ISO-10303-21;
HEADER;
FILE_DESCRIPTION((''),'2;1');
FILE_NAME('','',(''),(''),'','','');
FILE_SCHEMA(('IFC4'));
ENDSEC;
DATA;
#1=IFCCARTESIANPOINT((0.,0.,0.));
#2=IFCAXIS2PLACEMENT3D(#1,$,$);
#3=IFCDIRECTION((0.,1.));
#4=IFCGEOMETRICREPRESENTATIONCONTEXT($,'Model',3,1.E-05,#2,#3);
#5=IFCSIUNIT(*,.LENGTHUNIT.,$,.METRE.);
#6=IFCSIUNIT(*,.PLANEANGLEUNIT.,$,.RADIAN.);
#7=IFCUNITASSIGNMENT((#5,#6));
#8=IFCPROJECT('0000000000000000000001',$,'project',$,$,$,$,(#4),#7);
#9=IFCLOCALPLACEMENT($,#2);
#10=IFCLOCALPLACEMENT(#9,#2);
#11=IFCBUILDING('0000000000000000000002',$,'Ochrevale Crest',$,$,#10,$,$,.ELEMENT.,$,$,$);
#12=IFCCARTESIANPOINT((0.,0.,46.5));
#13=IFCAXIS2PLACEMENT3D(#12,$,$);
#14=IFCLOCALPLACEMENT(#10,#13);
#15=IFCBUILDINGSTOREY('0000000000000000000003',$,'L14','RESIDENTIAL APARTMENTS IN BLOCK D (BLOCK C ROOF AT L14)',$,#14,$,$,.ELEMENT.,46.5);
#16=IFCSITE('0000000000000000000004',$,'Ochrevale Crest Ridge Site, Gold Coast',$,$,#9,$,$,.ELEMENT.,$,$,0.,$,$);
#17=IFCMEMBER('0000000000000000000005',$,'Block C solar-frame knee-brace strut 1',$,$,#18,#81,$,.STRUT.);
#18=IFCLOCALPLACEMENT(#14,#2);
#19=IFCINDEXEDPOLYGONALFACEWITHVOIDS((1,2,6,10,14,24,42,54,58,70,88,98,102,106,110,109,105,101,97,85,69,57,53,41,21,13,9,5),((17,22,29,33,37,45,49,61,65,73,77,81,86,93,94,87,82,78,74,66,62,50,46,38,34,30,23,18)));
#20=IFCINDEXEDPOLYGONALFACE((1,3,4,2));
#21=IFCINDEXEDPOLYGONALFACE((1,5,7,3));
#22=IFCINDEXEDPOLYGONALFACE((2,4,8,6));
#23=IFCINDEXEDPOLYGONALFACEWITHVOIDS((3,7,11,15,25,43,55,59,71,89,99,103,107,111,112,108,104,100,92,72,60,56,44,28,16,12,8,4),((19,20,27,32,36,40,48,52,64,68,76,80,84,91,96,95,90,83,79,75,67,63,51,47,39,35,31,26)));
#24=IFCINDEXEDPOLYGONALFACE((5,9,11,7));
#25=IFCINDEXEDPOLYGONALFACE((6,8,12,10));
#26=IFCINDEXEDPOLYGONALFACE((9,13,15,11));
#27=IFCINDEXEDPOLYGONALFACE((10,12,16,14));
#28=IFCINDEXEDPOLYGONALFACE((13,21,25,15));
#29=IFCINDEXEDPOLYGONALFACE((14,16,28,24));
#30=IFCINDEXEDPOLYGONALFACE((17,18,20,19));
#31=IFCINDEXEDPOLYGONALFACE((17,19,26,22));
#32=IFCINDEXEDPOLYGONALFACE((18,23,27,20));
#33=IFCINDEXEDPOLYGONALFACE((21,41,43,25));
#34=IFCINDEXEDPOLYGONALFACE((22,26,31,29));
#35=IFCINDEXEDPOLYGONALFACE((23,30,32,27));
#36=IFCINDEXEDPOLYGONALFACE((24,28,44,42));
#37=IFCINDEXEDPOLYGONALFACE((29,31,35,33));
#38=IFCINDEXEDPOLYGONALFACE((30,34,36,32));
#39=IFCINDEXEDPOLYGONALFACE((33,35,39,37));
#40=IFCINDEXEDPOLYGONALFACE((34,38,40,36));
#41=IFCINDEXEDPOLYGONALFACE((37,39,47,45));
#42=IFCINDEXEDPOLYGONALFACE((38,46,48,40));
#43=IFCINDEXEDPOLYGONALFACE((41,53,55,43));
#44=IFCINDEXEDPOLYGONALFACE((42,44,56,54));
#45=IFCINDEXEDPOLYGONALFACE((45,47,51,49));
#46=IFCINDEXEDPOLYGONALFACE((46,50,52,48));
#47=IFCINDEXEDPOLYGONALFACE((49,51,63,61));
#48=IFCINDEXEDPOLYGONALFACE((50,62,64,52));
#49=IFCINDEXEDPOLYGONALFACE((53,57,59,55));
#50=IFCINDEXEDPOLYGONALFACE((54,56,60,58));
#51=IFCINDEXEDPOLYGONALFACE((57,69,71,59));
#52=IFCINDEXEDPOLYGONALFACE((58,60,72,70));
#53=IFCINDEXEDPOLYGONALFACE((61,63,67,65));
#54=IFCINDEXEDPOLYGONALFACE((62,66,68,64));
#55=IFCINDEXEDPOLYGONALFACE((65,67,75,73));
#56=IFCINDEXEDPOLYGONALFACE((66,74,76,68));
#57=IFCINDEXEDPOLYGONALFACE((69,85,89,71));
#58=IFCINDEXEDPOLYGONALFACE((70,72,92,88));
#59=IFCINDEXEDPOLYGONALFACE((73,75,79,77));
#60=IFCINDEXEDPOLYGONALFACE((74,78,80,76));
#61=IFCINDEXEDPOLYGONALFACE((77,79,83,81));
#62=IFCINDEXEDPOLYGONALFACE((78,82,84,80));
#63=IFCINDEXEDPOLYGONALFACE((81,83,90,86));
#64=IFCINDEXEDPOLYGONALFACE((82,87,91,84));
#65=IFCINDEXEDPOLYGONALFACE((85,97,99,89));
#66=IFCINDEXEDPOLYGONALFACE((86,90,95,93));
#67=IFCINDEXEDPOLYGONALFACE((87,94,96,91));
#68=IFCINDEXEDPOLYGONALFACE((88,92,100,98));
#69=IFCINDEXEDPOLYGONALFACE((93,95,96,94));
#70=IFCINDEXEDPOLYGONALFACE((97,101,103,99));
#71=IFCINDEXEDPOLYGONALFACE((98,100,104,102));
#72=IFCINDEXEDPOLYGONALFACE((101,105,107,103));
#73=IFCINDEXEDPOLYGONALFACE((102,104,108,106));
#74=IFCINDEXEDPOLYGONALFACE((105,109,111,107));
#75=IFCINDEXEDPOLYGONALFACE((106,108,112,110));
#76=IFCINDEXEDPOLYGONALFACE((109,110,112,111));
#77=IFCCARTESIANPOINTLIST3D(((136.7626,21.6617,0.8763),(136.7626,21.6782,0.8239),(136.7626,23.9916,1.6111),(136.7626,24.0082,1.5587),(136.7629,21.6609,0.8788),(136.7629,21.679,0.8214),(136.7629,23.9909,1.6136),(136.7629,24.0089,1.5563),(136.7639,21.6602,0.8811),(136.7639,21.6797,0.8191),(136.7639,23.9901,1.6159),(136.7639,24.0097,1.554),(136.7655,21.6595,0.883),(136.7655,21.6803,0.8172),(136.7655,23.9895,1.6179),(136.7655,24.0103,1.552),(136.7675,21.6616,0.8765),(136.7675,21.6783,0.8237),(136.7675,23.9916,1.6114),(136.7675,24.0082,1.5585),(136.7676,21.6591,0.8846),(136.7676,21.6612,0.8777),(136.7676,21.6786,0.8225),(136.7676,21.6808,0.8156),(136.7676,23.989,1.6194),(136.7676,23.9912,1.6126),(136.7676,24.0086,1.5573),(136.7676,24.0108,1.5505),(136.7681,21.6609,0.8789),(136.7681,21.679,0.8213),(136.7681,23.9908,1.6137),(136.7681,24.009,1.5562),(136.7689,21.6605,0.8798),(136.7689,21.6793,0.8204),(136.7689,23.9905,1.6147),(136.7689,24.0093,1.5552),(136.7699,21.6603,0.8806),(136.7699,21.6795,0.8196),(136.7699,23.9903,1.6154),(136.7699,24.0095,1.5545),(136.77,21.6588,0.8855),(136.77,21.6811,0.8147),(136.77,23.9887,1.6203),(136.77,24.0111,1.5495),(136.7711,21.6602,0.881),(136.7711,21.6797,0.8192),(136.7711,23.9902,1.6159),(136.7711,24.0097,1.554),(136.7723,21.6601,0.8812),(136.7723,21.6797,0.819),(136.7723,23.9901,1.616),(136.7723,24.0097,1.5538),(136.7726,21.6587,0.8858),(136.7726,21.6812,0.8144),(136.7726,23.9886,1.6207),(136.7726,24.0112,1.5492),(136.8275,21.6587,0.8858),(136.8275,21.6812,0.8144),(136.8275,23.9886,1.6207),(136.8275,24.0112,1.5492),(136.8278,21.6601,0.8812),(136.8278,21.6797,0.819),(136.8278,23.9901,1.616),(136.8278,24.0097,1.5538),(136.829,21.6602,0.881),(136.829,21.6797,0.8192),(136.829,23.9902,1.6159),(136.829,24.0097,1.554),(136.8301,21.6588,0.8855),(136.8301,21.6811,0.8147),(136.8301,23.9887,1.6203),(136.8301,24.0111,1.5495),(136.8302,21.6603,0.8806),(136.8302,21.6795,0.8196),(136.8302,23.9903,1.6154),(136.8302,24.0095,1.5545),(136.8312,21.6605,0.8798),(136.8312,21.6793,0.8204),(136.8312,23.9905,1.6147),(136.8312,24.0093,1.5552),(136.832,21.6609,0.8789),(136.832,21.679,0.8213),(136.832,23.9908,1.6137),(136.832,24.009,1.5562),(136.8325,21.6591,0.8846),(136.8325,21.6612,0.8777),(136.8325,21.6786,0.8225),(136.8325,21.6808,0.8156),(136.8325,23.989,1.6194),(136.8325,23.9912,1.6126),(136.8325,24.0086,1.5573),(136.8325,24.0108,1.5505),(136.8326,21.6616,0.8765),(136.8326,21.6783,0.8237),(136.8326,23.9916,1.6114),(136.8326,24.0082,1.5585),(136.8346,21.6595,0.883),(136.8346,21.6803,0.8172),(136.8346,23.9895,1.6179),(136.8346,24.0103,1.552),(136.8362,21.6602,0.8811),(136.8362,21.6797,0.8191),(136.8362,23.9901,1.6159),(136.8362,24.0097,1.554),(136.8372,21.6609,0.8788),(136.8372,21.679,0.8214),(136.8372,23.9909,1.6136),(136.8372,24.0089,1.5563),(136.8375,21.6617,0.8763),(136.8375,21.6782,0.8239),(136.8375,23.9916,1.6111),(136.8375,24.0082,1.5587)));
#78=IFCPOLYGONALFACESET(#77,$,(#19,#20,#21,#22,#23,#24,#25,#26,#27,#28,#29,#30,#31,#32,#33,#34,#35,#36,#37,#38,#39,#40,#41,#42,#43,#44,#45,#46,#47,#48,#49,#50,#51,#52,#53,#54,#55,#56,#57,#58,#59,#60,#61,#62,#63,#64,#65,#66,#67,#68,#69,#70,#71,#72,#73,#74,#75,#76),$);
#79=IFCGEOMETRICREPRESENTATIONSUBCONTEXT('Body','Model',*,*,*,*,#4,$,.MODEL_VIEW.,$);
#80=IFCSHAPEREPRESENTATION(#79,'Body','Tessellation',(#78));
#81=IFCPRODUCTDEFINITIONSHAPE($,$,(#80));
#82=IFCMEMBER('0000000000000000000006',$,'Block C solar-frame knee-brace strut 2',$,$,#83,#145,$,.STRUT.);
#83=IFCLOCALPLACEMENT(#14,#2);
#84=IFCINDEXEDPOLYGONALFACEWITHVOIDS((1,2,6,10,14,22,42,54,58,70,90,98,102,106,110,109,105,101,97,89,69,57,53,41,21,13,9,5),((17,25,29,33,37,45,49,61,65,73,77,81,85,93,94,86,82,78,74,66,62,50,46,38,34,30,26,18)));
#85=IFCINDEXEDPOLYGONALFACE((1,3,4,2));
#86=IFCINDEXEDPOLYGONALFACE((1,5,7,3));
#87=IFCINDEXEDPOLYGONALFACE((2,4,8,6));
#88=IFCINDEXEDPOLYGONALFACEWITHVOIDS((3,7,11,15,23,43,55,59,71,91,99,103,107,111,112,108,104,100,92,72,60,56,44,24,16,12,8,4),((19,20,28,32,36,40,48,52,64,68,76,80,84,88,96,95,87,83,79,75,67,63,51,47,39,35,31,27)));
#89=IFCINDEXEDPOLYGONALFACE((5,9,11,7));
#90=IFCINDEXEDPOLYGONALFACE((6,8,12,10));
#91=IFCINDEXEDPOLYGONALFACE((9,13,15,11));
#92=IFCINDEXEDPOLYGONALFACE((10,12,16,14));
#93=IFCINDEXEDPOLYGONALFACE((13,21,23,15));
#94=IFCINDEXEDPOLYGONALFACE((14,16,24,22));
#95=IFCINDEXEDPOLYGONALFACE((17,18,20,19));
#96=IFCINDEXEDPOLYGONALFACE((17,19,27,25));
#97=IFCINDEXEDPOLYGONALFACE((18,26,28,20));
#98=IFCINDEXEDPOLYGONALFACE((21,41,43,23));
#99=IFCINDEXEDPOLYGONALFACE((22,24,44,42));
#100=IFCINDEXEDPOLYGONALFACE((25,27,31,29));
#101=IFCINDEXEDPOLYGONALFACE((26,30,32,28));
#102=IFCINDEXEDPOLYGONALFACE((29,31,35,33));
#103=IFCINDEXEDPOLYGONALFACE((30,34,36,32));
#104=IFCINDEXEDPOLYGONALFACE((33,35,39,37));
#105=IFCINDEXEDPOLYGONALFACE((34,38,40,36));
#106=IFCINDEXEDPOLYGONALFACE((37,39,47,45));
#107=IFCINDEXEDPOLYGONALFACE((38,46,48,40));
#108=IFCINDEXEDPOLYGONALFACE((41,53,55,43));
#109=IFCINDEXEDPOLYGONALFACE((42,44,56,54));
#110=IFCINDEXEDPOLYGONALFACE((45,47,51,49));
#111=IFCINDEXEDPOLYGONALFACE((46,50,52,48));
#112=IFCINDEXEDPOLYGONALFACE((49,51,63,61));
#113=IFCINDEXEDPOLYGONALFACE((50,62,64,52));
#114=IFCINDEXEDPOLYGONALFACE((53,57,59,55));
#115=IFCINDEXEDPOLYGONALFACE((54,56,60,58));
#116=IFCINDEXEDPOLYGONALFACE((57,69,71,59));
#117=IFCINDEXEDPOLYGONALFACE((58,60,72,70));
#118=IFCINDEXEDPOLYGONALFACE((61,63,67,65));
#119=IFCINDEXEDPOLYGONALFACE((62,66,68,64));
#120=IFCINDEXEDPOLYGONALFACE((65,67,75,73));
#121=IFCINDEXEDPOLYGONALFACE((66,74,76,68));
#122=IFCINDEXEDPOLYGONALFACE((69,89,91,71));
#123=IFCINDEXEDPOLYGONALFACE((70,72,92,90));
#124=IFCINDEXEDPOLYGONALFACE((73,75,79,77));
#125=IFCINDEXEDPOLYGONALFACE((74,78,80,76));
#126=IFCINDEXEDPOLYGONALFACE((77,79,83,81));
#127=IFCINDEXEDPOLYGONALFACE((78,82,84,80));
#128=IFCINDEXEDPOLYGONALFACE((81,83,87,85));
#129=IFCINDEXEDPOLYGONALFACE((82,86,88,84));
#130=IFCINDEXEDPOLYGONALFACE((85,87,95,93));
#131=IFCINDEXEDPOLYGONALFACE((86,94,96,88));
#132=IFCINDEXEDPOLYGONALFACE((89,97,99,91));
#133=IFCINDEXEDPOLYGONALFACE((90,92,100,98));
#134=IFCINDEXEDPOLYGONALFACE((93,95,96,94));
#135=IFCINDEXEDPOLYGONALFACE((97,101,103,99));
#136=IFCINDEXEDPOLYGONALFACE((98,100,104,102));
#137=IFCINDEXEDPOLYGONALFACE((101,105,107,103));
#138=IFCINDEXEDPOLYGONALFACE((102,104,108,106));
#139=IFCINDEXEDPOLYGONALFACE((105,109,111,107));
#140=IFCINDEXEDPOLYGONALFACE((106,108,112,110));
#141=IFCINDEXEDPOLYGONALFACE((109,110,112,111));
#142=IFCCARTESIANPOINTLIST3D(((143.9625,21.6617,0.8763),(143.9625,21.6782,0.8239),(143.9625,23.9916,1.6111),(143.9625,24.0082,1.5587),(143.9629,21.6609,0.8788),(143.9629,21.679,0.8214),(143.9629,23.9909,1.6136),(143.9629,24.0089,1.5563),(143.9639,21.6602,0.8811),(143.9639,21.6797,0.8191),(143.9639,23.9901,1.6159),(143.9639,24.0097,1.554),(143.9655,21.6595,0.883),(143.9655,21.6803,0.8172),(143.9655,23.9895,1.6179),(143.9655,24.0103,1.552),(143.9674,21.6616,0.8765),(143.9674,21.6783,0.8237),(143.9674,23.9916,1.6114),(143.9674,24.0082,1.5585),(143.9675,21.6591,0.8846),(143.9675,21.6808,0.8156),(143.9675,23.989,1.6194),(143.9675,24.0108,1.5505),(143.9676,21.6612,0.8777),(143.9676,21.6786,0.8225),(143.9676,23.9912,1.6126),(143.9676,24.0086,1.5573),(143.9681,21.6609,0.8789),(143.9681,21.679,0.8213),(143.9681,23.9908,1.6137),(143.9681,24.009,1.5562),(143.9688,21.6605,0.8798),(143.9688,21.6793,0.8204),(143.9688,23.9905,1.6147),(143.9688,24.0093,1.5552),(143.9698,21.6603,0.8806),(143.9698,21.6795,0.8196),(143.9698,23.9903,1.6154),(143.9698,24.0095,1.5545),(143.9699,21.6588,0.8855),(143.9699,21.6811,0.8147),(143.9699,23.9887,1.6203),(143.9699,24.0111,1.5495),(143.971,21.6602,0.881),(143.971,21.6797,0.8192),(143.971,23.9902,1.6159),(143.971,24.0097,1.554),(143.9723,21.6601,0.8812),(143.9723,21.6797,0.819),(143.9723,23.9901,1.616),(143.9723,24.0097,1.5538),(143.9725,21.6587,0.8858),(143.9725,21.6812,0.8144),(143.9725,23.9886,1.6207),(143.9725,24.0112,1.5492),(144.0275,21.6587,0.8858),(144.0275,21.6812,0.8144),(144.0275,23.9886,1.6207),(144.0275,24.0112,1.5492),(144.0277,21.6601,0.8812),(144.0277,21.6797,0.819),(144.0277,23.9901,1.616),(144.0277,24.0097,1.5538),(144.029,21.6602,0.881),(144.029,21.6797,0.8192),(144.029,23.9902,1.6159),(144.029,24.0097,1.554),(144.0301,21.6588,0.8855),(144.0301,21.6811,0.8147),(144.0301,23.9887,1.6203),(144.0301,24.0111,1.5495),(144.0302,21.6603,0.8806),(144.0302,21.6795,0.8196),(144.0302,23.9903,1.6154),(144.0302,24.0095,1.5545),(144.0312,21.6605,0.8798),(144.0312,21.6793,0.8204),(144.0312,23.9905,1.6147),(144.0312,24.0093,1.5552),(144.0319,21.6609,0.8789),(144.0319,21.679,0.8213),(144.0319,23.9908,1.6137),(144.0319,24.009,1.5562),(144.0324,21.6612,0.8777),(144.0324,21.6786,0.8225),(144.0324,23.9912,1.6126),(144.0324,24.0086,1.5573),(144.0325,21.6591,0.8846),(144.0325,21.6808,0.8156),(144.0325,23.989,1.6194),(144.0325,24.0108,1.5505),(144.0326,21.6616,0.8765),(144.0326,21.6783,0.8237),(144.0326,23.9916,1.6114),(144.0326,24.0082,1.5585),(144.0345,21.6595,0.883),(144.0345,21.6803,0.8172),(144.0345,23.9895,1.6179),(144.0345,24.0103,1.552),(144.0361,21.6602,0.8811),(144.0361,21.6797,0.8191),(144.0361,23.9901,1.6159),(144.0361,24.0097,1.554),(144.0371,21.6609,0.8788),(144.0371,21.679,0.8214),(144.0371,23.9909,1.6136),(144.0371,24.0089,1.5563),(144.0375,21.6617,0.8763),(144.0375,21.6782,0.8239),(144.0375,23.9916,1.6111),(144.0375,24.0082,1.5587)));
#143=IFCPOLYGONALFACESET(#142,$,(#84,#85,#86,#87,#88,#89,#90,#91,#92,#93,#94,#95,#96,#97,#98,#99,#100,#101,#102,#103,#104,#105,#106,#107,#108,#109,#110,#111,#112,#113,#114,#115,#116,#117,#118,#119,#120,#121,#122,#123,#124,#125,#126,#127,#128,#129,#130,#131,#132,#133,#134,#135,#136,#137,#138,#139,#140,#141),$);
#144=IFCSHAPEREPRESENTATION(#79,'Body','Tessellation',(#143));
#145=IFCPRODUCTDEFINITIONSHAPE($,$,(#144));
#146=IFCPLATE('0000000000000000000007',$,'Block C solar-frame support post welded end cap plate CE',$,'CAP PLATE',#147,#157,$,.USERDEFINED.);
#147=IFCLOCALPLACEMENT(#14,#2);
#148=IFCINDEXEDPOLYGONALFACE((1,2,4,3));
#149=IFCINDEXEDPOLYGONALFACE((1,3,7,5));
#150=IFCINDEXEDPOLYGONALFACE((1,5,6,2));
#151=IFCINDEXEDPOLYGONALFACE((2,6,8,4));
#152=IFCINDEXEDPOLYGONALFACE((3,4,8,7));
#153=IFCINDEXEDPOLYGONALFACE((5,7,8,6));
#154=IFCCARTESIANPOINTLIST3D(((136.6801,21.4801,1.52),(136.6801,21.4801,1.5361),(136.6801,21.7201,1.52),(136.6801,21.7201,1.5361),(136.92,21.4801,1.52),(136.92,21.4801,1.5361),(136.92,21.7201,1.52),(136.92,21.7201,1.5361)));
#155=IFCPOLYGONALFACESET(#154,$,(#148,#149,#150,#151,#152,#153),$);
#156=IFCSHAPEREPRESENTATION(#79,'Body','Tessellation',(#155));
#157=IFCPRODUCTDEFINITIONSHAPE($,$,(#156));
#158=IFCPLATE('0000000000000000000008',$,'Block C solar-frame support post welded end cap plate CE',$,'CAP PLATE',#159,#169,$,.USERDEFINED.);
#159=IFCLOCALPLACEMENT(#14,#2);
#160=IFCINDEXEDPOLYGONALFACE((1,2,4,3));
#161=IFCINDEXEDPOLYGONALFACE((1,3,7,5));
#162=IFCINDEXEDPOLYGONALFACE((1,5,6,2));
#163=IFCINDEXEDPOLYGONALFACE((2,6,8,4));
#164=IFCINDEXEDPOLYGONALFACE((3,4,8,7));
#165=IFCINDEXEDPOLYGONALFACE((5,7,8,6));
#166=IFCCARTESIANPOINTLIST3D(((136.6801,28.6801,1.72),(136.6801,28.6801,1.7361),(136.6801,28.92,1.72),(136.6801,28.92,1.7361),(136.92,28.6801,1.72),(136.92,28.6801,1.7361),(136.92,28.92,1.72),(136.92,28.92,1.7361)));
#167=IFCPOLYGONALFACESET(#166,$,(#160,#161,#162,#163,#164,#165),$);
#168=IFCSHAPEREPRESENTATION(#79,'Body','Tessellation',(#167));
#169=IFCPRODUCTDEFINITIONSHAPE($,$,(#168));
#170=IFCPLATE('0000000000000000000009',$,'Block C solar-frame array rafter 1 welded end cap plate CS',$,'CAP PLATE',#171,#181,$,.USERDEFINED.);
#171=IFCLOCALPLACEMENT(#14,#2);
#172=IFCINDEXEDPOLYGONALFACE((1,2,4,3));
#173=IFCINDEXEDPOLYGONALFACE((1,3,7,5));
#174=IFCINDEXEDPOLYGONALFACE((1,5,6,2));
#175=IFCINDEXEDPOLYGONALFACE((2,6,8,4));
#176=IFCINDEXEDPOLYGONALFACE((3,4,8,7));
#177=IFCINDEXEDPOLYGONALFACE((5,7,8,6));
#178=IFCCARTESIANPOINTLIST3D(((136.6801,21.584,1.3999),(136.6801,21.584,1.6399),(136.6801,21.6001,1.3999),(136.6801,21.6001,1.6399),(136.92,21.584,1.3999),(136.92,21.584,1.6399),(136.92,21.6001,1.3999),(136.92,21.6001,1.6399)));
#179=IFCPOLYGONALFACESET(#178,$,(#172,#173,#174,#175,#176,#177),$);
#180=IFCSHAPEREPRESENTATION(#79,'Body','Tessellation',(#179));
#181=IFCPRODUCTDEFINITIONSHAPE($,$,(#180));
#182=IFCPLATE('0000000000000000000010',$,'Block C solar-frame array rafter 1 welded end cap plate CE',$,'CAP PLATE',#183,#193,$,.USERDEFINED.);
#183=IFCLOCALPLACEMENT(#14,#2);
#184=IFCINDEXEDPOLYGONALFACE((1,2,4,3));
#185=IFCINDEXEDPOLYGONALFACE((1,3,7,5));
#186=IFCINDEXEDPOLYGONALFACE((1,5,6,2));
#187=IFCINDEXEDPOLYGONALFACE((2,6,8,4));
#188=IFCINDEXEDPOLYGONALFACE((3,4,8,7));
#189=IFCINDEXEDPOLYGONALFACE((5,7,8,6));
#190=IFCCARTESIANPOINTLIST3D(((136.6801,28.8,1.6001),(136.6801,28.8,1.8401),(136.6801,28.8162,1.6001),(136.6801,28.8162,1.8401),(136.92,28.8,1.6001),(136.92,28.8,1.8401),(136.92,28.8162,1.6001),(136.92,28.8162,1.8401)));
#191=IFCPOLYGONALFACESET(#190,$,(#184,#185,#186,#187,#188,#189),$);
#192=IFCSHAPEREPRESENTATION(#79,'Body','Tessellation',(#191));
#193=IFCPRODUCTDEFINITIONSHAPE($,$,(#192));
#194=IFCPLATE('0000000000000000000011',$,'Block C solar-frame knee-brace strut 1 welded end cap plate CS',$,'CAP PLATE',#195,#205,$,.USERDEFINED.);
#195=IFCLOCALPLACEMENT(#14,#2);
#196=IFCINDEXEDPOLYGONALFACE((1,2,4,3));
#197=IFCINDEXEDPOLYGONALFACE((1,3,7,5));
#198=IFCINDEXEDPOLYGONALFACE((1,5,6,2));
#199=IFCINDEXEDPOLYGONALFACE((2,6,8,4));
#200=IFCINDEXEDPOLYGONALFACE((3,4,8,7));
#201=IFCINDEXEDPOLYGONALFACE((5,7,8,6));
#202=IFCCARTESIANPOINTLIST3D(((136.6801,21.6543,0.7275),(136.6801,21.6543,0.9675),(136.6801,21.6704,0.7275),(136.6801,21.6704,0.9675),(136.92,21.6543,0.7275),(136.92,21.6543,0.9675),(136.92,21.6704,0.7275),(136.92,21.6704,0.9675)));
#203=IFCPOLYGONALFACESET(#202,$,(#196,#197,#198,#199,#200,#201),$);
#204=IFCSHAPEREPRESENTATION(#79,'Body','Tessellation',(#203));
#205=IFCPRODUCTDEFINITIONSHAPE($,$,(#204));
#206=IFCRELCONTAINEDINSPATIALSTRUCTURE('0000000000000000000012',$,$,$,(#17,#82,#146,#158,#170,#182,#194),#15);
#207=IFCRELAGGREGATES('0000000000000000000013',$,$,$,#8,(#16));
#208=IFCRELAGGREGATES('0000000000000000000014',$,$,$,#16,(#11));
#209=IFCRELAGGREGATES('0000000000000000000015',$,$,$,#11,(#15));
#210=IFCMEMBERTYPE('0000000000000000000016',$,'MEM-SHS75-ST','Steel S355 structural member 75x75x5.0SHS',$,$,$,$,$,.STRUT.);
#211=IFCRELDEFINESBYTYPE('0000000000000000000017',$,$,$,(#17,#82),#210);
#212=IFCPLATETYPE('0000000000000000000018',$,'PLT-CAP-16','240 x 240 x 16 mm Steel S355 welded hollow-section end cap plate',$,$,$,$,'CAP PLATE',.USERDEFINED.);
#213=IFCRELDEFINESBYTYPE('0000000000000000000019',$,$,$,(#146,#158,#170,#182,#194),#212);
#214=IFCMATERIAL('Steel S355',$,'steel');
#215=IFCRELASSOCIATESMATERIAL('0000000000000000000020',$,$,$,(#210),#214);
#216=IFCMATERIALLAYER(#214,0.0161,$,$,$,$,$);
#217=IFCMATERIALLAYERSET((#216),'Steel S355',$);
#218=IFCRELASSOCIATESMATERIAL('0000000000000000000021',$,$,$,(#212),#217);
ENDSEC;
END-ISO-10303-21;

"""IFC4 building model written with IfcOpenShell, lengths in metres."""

from ifc_helpers import new_model, si_unit, direction, frame, origin, origin_2d, place, context, subcontext, project, spatial, rectangle, hollow_rectangle, extrude, material, layer, layer_set, material_profile, profile_set, type_object, element, save


model = new_model("IFC4")

# Units and contexts
model_context = context("Model", 3, precision=1e-05, world=origin(), true_north=direction((0.0, 1.0)))
body_context = subcontext(model_context, "Body", "Model", "MODEL_VIEW")
ifc_project = project(units=[si_unit("LENGTHUNIT", "METRE"), si_unit("PLANEANGLEUNIT", "RADIAN")], contexts=[model_context])

# Site, building, storey
site_placement = place(None, origin())
site = spatial("IfcSite", under=ifc_project, at=site_placement, Name="Ochrevale Crest Ridge Site, Gold Coast", CompositionType="ELEMENT", RefElevation=0.0)
building_placement = place(site_placement, origin())
building = spatial("IfcBuilding", under=site, at=building_placement, Name="Ochrevale Crest", CompositionType="ELEMENT")
storey_placement = place(building_placement, frame((0.0, 0.0, 46.5)))
storey = spatial("IfcBuildingStorey", under=building, at=storey_placement, Name="L14", Description="RESIDENTIAL APARTMENTS IN BLOCK D (BLOCK C ROOF AT L14)", CompositionType="ELEMENT", Elevation=46.5)

# Shared definitions
ifc_material_1 = material(Name="Steel S355", Category="steel")

# Members
ifc_material_profile_1 = material_profile(ifc_material_1, hollow_rectangle(XDim=0.075, YDim=0.075, WallThickness=0.0049, InnerFilletRadius=0.0049, OuterFilletRadius=0.01, at=origin_2d()), Name="75x75x5.0SHS")
ifc_profile_set_1 = profile_set([ifc_material_profile_1], Name="Steel S355")
member_type_1 = type_object("IfcMemberType", Name="MEM-SHS75-ST", Description="Steel S355 structural member 75x75x5.0SHS", PredefinedType="STRUT", material=ifc_profile_set_1)
for number, where, z_axis, x_axis, name in (
    (1, (136.8, 21.6699, 0.8501), (0.0, 0.953694, 0.300777), (-1.0, 0.0, 0.0), "Block C solar-frame knee-brace strut 1"),
    (2, (144.0, 21.6699, 0.8501), (0.0, 0.953694, 0.300777), (-1.0, 0.0, 0.0), "Block C solar-frame knee-brace strut 2"),
):
    element("IfcMember", number, at=place(storey_placement, frame(where, z_axis=z_axis, x_axis=x_axis)), inside=storey, type_object=member_type_1, Name=name, PredefinedType="STRUT", context=body_context, shape_type="SweptSolid", body=[
        extrude(hollow_rectangle(XDim=0.075, YDim=0.075, WallThickness=0.0049, InnerFilletRadius=0.0049, OuterFilletRadius=0.01, at=origin_2d()), origin(), (0.0, 0.0, 1.0), 2.4431),
    ])

# Plates
ifc_layer_1 = layer(ifc_material_1, 0.0161)
ifc_layer_set_1 = layer_set([ifc_layer_1], Name="Steel S355")
plate_type = type_object("IfcPlateType", Name="PLT-CAP-16", Description="240 x 240 x 16 mm Steel S355 welded hollow-section end cap plate", ElementType="CAP PLATE", PredefinedType="USERDEFINED", material=ifc_layer_set_1)
for number, where, z_axis, x_axis, name in (
    (3, (136.8, 21.6001, 1.52), (0.0, 0.0, 1.0), (1.0, 0.0, 0.0), "Block C solar-frame support post welded end cap plate CE"),
    (4, (136.8, 28.8, 1.72), (0.0, 0.0, 1.0), (1.0, 0.0, 0.0), "Block C solar-frame support post welded end cap plate CE"),
):
    element("IfcPlate", number, at=place(storey_placement, frame(where, z_axis=z_axis, x_axis=x_axis)), inside=storey, type_object=plate_type, Name=name, ObjectType="CAP PLATE", PredefinedType="USERDEFINED", context=body_context, shape_type="SweptSolid", body=[
        extrude(rectangle(XDim=0.24, YDim=0.24, at=origin_2d()), origin(), (0.0, 0.0, 1.0), 0.0161),
    ])
for number, where, z_axis, x_axis, name in (
    (5, (136.8, 21.592, 1.3999), (0.0, 0.0, 1.0), (0.0, 1.0, 0.0), "Block C solar-frame array rafter 1 welded end cap plate CS"),
    (6, (136.8, 28.8081, 1.6001), (0.0, 0.0, 1.0), (0.0, 1.0, 0.0), "Block C solar-frame array rafter 1 welded end cap plate CE"),
    (7, (136.8, 21.6624, 0.7275), (0.0, 0.0, 1.0), (0.0, 1.0, 0.0), "Block C solar-frame knee-brace strut 1 welded end cap plate CS"),
):
    element("IfcPlate", number, at=place(storey_placement, frame(where, z_axis=z_axis, x_axis=x_axis)), inside=storey, type_object=plate_type, Name=name, ObjectType="CAP PLATE", PredefinedType="USERDEFINED", context=body_context, shape_type="SweptSolid", body=[
        extrude(rectangle(XDim=0.0161, YDim=0.24, at=origin_2d()), origin(), (0.0, 0.0, 1.0), 0.24),
    ])

save(model, "model.ifc")
